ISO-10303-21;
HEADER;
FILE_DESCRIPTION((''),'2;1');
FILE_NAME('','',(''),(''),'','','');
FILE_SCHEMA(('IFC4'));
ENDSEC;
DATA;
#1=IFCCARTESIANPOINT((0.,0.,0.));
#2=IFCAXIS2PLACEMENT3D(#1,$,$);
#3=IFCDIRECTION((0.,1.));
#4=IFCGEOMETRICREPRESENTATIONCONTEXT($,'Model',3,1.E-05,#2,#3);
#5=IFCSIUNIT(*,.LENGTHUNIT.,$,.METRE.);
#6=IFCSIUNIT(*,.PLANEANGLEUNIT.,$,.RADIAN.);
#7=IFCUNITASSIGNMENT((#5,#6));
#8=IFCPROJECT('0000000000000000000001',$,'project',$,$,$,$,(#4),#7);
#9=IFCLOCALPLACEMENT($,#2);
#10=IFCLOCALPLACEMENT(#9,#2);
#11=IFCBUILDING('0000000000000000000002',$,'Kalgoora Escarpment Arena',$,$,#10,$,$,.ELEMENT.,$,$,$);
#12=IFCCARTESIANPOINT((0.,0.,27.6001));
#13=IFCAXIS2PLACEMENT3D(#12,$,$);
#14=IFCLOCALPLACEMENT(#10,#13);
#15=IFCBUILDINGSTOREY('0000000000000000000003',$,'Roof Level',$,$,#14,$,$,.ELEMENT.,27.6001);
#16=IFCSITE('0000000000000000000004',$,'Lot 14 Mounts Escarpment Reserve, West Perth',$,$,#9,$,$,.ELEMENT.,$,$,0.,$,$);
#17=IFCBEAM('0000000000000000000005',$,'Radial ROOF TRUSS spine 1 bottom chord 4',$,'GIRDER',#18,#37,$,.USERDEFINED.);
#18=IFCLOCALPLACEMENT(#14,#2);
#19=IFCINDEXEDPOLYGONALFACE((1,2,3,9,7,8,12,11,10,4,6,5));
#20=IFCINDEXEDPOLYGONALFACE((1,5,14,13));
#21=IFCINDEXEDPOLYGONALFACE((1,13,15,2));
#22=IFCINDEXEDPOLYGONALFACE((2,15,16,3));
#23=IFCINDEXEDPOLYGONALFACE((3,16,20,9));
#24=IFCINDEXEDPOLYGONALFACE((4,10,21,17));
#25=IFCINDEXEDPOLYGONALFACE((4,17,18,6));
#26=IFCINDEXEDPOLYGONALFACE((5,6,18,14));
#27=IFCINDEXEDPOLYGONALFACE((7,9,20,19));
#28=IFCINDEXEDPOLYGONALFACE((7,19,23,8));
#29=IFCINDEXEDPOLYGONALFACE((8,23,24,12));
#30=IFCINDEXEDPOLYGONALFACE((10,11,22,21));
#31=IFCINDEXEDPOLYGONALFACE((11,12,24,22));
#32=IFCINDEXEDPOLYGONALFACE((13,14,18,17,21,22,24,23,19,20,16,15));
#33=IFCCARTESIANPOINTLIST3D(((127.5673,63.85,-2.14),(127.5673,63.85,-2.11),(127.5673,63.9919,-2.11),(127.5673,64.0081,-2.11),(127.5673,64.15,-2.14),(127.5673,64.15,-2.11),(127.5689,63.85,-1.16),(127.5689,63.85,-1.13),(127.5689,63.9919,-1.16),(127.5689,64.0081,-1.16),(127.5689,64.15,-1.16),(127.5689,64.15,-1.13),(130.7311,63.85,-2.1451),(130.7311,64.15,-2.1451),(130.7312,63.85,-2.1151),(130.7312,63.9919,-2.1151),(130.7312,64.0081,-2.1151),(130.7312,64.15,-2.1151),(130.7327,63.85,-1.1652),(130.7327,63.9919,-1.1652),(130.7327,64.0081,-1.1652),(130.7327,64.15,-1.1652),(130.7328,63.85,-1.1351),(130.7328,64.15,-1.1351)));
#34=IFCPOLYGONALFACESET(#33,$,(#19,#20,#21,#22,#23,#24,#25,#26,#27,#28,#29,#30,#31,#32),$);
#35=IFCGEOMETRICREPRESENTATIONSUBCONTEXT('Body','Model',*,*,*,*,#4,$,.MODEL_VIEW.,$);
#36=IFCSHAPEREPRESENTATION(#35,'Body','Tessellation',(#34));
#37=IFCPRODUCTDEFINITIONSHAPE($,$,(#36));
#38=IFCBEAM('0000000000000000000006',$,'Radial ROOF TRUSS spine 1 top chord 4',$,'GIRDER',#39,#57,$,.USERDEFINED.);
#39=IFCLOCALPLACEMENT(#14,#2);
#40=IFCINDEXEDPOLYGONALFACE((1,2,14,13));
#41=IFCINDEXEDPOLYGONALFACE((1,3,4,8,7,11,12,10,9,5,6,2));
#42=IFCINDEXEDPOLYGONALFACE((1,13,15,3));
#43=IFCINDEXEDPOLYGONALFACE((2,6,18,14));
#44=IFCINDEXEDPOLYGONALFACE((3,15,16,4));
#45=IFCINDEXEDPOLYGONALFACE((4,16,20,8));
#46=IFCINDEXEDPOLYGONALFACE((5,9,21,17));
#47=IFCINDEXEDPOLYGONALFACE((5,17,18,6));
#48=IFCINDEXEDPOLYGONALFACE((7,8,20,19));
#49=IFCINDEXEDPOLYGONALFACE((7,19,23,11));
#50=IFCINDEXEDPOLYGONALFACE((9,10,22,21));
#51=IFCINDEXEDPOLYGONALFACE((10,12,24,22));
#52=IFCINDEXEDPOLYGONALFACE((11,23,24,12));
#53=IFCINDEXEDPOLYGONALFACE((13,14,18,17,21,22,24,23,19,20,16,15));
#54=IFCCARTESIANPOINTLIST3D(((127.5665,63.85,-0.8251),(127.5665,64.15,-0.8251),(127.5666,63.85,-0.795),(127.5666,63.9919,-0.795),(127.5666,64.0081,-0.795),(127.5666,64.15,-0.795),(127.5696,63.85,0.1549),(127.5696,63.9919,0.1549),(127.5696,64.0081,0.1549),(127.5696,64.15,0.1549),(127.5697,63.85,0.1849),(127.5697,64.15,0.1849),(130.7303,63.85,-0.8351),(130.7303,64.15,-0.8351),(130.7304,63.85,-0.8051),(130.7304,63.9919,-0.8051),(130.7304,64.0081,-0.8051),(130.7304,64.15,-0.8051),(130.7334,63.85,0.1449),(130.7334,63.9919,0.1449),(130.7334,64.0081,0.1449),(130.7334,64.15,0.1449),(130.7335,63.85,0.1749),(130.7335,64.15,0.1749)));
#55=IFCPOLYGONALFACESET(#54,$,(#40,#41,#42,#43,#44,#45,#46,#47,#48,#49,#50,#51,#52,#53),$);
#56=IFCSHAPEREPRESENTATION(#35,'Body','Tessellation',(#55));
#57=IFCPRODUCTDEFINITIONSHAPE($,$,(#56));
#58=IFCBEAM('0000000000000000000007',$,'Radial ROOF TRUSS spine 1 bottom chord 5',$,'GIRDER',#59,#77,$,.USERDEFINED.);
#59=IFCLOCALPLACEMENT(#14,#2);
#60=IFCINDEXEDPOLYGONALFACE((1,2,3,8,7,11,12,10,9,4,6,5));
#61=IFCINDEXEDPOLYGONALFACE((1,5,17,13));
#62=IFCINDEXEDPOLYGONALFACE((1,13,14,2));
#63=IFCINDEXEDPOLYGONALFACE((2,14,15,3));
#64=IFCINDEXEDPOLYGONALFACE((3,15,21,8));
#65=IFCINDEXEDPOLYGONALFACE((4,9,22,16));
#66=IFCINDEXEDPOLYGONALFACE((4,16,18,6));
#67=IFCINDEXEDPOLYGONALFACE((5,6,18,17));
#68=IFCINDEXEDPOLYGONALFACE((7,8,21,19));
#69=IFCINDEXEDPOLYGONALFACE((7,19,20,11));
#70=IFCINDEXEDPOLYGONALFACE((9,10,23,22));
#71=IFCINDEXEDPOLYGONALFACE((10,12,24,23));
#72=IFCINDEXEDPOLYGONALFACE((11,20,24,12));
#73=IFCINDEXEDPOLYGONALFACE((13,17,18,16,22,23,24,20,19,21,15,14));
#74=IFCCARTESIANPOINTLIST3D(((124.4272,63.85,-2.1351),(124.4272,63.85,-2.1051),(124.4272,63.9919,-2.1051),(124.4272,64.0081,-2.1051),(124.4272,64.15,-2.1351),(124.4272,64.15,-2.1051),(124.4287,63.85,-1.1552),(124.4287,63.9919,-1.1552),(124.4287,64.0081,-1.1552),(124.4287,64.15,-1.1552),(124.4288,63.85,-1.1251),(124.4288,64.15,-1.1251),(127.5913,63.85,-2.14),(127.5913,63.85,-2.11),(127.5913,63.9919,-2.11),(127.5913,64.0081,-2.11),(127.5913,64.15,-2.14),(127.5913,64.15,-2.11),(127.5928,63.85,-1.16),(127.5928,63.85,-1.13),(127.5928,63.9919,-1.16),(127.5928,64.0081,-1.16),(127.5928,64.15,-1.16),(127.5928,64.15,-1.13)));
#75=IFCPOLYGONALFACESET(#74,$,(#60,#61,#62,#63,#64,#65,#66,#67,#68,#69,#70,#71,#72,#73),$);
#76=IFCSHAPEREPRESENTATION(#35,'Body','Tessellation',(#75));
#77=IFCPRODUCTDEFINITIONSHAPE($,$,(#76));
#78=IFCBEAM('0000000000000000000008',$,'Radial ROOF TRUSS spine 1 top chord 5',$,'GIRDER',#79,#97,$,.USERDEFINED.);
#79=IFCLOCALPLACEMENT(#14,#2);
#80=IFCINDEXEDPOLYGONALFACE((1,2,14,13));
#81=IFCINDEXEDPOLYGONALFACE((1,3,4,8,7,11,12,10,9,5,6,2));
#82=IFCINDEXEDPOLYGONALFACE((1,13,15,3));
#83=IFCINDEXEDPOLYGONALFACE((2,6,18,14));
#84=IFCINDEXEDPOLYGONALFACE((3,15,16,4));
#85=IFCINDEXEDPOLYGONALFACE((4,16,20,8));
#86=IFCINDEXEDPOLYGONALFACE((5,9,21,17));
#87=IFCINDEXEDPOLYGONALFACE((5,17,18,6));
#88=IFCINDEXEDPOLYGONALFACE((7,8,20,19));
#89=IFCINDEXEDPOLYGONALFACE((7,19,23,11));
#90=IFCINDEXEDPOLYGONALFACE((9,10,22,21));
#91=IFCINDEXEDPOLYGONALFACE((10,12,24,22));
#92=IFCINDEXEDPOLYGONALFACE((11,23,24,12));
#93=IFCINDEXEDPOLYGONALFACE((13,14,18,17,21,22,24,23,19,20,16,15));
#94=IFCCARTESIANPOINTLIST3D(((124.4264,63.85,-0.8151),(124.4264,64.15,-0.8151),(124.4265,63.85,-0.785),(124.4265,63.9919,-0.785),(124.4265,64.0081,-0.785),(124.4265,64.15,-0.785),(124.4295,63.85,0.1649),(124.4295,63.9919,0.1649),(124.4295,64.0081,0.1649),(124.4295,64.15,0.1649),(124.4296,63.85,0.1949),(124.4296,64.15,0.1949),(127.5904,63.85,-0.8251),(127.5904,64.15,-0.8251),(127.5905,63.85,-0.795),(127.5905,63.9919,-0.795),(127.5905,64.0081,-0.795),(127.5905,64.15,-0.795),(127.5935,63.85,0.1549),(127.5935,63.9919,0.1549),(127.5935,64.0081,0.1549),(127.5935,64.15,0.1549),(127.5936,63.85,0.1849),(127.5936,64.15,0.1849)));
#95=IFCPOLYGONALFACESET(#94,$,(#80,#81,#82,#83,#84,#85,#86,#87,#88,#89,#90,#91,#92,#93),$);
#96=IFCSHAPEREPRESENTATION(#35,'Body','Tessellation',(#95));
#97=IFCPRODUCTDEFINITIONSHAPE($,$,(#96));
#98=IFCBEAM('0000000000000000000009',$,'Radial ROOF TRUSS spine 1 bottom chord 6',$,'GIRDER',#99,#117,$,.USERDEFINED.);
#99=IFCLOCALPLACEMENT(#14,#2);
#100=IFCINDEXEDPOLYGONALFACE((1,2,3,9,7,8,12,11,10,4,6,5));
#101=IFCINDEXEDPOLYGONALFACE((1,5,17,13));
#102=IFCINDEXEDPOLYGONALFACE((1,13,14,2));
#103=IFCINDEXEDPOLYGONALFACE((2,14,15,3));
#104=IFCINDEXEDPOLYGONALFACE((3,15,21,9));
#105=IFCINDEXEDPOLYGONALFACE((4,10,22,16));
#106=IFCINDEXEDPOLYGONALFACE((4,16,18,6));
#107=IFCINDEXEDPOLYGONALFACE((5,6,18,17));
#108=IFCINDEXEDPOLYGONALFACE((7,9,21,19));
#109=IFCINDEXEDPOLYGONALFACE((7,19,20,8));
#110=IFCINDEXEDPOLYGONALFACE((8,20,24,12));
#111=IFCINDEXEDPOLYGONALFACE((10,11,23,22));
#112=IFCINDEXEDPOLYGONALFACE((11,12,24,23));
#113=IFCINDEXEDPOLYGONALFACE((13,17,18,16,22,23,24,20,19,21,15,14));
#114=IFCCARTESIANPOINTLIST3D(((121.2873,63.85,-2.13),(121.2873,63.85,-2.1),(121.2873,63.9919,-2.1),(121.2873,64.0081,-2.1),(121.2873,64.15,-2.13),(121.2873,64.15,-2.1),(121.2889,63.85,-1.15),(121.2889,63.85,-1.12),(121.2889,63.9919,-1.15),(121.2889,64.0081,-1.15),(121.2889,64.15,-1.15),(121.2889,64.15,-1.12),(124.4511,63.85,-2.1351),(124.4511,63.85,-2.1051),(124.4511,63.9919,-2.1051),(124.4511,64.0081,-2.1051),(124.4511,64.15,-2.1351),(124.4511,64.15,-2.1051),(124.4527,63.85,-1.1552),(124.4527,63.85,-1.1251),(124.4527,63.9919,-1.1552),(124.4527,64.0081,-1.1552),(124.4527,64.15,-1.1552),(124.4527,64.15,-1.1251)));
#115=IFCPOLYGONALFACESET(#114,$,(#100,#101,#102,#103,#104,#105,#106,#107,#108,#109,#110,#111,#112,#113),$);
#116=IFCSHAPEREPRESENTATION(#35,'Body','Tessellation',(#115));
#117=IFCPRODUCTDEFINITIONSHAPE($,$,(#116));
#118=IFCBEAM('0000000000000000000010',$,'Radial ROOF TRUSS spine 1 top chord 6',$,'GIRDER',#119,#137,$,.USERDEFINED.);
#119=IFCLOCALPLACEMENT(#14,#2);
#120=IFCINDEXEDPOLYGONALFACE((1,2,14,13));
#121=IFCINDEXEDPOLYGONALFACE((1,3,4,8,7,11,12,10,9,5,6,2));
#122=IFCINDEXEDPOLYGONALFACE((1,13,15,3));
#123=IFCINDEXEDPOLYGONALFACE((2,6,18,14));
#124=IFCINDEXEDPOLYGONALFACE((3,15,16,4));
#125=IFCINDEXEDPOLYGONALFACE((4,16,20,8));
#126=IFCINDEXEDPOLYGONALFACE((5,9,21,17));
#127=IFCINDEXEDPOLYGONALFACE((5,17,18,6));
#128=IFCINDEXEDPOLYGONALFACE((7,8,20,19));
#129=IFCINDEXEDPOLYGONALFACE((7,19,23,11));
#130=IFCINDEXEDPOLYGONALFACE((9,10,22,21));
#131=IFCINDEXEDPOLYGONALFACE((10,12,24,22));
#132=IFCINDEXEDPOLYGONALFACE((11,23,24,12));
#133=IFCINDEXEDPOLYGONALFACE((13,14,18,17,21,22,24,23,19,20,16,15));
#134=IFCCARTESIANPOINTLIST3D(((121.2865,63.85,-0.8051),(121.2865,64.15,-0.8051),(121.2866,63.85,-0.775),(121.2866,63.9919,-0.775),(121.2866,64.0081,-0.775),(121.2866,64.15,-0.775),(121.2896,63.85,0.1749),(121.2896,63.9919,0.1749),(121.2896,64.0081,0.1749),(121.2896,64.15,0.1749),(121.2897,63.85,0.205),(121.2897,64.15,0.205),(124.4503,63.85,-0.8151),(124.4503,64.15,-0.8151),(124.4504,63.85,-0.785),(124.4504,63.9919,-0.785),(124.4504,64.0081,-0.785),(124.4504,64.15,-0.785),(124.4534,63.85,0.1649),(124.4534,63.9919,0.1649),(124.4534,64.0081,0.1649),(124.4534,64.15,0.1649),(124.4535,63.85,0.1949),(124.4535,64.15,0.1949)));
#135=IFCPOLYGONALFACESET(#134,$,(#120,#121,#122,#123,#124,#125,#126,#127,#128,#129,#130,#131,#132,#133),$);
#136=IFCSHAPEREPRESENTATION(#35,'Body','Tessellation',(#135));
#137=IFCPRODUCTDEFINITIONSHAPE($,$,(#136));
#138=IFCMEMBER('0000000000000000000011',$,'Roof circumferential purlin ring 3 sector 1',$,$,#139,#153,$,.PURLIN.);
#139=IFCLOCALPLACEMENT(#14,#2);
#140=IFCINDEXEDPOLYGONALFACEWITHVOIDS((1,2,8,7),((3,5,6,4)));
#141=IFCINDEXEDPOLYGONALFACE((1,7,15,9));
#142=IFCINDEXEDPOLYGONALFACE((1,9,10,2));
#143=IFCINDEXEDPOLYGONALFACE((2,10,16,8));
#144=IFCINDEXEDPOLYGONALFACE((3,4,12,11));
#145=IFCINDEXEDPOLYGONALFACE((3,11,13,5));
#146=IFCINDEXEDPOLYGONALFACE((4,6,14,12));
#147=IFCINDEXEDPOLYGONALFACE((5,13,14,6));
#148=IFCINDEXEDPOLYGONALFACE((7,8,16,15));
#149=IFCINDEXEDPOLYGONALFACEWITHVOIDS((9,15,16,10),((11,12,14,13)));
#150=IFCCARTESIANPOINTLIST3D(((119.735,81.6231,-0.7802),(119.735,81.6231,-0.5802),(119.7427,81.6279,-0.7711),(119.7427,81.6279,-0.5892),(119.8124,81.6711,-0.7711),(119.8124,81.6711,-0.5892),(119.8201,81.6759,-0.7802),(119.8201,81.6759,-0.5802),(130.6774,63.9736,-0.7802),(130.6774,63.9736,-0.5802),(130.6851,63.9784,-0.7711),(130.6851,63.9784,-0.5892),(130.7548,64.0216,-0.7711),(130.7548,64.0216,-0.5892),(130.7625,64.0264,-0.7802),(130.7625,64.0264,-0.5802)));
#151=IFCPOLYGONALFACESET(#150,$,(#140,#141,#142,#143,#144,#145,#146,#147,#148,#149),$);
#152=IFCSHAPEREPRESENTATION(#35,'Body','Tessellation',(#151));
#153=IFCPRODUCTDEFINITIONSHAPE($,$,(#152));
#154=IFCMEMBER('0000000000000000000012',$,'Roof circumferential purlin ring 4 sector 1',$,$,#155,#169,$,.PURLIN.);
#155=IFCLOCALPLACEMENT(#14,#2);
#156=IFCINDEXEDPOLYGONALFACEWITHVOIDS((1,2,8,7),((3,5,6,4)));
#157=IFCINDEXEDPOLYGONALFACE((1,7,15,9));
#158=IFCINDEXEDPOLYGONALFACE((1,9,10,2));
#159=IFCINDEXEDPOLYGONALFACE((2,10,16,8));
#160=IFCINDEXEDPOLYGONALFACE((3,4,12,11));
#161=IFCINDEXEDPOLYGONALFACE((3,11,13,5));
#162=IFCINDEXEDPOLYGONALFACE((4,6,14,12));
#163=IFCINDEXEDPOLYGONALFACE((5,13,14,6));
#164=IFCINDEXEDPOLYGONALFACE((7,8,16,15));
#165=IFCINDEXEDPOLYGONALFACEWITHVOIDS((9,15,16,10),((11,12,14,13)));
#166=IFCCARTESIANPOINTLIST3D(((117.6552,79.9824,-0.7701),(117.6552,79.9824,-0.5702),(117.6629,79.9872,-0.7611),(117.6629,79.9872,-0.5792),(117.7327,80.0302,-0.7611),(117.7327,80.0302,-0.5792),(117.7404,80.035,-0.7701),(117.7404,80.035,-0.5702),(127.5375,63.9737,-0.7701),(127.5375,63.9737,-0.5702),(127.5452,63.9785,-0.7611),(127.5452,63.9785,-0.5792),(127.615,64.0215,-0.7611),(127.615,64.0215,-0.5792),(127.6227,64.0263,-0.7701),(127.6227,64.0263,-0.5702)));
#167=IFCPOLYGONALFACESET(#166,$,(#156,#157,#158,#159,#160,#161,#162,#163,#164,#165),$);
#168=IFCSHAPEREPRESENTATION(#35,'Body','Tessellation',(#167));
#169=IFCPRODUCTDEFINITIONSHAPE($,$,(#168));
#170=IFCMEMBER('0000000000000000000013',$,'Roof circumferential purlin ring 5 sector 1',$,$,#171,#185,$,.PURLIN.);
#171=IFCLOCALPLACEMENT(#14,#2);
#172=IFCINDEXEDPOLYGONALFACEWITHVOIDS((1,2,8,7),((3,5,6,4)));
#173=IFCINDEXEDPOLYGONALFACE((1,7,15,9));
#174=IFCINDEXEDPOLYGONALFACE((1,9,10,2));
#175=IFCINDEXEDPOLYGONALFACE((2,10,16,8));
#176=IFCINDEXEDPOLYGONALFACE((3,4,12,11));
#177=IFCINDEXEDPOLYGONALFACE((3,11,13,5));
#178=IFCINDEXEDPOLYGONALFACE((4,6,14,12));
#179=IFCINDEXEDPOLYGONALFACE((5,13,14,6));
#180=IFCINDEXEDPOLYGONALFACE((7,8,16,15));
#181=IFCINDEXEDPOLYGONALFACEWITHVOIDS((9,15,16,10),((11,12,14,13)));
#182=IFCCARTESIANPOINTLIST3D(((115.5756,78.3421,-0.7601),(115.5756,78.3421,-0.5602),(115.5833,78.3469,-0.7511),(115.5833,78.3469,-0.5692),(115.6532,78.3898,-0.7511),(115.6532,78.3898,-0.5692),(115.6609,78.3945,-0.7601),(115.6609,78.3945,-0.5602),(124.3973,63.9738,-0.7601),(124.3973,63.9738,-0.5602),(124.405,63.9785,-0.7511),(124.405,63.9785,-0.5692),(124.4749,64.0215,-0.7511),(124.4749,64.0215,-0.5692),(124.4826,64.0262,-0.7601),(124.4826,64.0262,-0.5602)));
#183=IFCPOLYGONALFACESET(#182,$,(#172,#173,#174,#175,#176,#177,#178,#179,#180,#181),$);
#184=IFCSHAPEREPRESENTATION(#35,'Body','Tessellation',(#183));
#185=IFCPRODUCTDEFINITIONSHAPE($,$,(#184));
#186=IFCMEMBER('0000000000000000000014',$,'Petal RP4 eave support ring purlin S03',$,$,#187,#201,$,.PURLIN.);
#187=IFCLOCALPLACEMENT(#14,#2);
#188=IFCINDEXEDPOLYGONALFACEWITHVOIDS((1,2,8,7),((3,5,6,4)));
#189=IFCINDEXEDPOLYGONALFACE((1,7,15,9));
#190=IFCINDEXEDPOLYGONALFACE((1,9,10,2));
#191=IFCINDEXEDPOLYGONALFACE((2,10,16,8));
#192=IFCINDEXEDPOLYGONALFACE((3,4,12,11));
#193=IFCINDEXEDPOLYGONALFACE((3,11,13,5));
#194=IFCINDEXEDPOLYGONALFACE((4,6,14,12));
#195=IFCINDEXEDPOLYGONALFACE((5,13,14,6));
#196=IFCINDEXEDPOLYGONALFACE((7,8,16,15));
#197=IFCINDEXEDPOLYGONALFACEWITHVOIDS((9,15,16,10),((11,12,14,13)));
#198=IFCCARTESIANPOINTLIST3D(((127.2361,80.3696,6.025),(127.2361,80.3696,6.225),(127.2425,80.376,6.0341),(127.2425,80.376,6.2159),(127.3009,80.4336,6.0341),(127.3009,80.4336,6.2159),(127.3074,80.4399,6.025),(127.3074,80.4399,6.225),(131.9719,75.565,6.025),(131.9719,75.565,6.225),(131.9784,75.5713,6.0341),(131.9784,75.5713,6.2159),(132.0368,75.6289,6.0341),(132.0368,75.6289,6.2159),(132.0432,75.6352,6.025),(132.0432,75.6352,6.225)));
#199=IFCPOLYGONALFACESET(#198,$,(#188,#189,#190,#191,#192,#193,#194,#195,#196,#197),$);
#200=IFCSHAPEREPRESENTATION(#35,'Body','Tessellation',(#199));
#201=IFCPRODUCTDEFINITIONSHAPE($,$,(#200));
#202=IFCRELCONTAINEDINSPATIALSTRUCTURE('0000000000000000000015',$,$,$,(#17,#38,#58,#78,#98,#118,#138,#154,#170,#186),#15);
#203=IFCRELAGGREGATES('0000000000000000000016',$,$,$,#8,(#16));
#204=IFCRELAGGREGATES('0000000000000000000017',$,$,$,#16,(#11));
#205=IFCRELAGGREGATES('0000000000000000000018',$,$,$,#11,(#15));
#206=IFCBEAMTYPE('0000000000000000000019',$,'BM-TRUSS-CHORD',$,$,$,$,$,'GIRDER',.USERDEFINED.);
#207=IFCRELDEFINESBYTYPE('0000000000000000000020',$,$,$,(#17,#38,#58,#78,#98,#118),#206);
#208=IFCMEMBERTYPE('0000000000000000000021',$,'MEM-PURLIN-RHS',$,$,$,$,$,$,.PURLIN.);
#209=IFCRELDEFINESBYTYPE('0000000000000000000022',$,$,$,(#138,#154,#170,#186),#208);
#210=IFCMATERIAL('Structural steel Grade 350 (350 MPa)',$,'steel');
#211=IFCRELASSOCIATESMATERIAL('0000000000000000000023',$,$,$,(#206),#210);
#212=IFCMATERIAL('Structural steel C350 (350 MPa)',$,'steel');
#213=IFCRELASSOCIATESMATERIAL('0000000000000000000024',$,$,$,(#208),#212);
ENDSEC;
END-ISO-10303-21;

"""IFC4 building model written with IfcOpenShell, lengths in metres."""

from ifc_helpers import new_model, si_unit, direction, frame, origin, origin_2d, place, context, subcontext, project, spatial, hollow_rectangle, i_section, extrude, material, material_profile, profile_set, type_object, element, save


model = new_model("IFC4")

# Units and contexts
model_context = context("Model", 3, precision=1e-05, world=origin(), true_north=direction((0.0, 1.0)))
body_context = subcontext(model_context, "Body", "Model", "MODEL_VIEW")
ifc_project = project(units=[si_unit("LENGTHUNIT", "METRE"), si_unit("PLANEANGLEUNIT", "RADIAN")], contexts=[model_context])

# Site, building, storey
site_placement = place(None, origin())
site = spatial("IfcSite", under=ifc_project, at=site_placement, Name="Lot 14 Mounts Escarpment Reserve, West Perth", CompositionType="ELEMENT", RefElevation=0.0)
building_placement = place(site_placement, origin())
building = spatial("IfcBuilding", under=site, at=building_placement, Name="Kalgoora Escarpment Arena", CompositionType="ELEMENT")
storey_placement = place(building_placement, frame((0.0, 0.0, 27.6001)))
storey = spatial("IfcBuildingStorey", under=building, at=storey_placement, Name="Roof Level", CompositionType="ELEMENT", Elevation=27.6001)

# Beams
ifc_material_1 = material(Name="Structural steel Grade 350 (350 MPa)", Category="steel")
ifc_material_profile_1 = material_profile(ifc_material_1, i_section(OverallWidth=0.3, OverallDepth=1.01, WebThickness=0.0161, FlangeThickness=0.03, at=origin_2d()))
ifc_profile_set_1 = profile_set([ifc_material_profile_1], Name="Structural steel Grade 350 (350 MPa)")
beam_type = type_object("IfcBeamType", Name="BM-TRUSS-CHORD", ElementType="GIRDER", PredefinedType="USERDEFINED", material=ifc_profile_set_1)
for number, where, z_axis, x_axis, name in (
    (1, (130.7319, 64.0, -1.6401), (-0.999999, 0.0, 0.00162), (0.0, -1.0, 0.0), "Radial ROOF TRUSS spine 1 bottom chord 4"),
    (2, (130.7319, 64.0, -0.3301), (-0.999995, 0.0, 0.003164), (0.0, -1.0, 0.0), "Radial ROOF TRUSS spine 1 top chord 4"),
):
    element("IfcBeam", number, at=place(storey_placement, frame(where, z_axis=z_axis, x_axis=x_axis)), inside=storey, type_object=beam_type, Name=name, ObjectType="GIRDER", PredefinedType="USERDEFINED", context=body_context, shape_type="SweptSolid", body=[
        extrude(i_section(OverallWidth=0.3, OverallDepth=1.01, WebThickness=0.0161, FlangeThickness=0.03, at=origin_2d()), origin(), (0.0, 0.0, 1.0), 3.1638),
    ])
for number, where, z_axis, x_axis, name in (
    (3, (127.592, 64.0, -1.635), (-0.999999, 0.0, 0.001543), (0.0, -1.0, 0.0), "Radial ROOF TRUSS spine 1 bottom chord 5"),
    (4, (127.592, 64.0, -0.3201), (-0.999995, 0.0, 0.003164), (0.0, -1.0, 0.0), "Radial ROOF TRUSS spine 1 top chord 5"),
):
    element("IfcBeam", number, at=place(storey_placement, frame(where, z_axis=z_axis, x_axis=x_axis)), inside=storey, type_object=beam_type, Name=name, ObjectType="GIRDER", PredefinedType="USERDEFINED", context=body_context, shape_type="SweptSolid", body=[
        extrude(i_section(OverallWidth=0.3, OverallDepth=1.01, WebThickness=0.0161, FlangeThickness=0.03, at=origin_2d()), origin(), (0.0, 0.0, 1.0), 3.1641),
    ])
for number, where, z_axis, x_axis, name in (
    (5, (124.4519, 64.0, -1.6301), (-0.999999, 0.0, 0.00162), (0.0, -1.0, 0.0), "Radial ROOF TRUSS spine 1 bottom chord 6"),
    (6, (124.4519, 64.0, -0.3101), (-0.999995, 0.0, 0.003164), (0.0, -1.0, 0.0), "Radial ROOF TRUSS spine 1 top chord 6"),
):
    element("IfcBeam", number, at=place(storey_placement, frame(where, z_axis=z_axis, x_axis=x_axis)), inside=storey, type_object=beam_type, Name=name, ObjectType="GIRDER", PredefinedType="USERDEFINED", context=body_context, shape_type="SweptSolid", body=[
        extrude(i_section(OverallWidth=0.3, OverallDepth=1.01, WebThickness=0.0161, FlangeThickness=0.03, at=origin_2d()), origin(), (0.0, 0.0, 1.0), 3.1638),
    ])

# Members
ifc_material_2 = material(Name="Structural steel C350 (350 MPa)", Category="steel")
ifc_material_profile_2 = material_profile(ifc_material_2, hollow_rectangle(XDim=0.1001, YDim=0.2, WallThickness=0.009, at=origin_2d()))
ifc_profile_set_2 = profile_set([ifc_material_profile_2], Name="Structural steel C350 (350 MPa)")
member_type_1 = type_object("IfcMemberType", Name="MEM-PURLIN-RHS", PredefinedType="PURLIN", material=ifc_profile_set_2)
member_1_placement = place(storey_placement, frame((130.72, 64.0, -0.6802), z_axis=(-0.526931, 0.849908, 0.0), x_axis=(-0.849908, -0.526931, 0.0)))
element("IfcMember", 7, at=member_1_placement, inside=storey, type_object=member_type_1, Name="Roof circumferential purlin ring 3 sector 1", PredefinedType="PURLIN", context=body_context, shape_type="SweptSolid", body=[
    extrude(hollow_rectangle(XDim=0.1001, YDim=0.2, WallThickness=0.009, at=origin_2d()), origin(), (0.0, 0.0, 1.0), 20.7664),
])
member_2_placement = place(storey_placement, frame((127.5801, 64.0, -0.6702), z_axis=(-0.525283, 0.850928, 0.0), x_axis=(-0.850928, -0.525283, 0.0)))
element("IfcMember", 8, at=member_2_placement, inside=storey, type_object=member_type_1, Name="Roof circumferential purlin ring 4 sector 1", PredefinedType="PURLIN", context=body_context, shape_type="SweptSolid", body=[
    extrude(hollow_rectangle(XDim=0.1001, YDim=0.2, WallThickness=0.009, at=origin_2d()), origin(), (0.0, 0.0, 1.0), 18.8132),
])
member_3_placement = place(storey_placement, frame((124.4399, 64.0, -0.6602), z_axis=(-0.523223, 0.852196, 0.0), x_axis=(-0.852196, -0.523223, 0.0)))
element("IfcMember", 9, at=member_3_placement, inside=storey, type_object=member_type_1, Name="Roof circumferential purlin ring 5 sector 1", PredefinedType="PURLIN", context=body_context, shape_type="SweptSolid", body=[
    extrude(hollow_rectangle(XDim=0.1001, YDim=0.2, WallThickness=0.009, at=origin_2d()), origin(), (0.0, 0.0, 1.0), 16.8604),
])
member_4_placement = place(storey_placement, frame((132.0076, 75.6001, 6.125), z_axis=(-0.701986, 0.712191, 0.0), x_axis=(-0.712191, -0.701986, 0.0)))
element("IfcMember", 10, at=member_4_placement, inside=storey, type_object=member_type_1, Name="Petal RP4 eave support ring purlin S03", PredefinedType="PURLIN", context=body_context, shape_type="SweptSolid", body=[
    extrude(hollow_rectangle(XDim=0.1001, YDim=0.2, WallThickness=0.009, at=origin_2d()), origin(), (0.0, 0.0, 1.0), 6.7463),
])

save(model, "model.ifc")
